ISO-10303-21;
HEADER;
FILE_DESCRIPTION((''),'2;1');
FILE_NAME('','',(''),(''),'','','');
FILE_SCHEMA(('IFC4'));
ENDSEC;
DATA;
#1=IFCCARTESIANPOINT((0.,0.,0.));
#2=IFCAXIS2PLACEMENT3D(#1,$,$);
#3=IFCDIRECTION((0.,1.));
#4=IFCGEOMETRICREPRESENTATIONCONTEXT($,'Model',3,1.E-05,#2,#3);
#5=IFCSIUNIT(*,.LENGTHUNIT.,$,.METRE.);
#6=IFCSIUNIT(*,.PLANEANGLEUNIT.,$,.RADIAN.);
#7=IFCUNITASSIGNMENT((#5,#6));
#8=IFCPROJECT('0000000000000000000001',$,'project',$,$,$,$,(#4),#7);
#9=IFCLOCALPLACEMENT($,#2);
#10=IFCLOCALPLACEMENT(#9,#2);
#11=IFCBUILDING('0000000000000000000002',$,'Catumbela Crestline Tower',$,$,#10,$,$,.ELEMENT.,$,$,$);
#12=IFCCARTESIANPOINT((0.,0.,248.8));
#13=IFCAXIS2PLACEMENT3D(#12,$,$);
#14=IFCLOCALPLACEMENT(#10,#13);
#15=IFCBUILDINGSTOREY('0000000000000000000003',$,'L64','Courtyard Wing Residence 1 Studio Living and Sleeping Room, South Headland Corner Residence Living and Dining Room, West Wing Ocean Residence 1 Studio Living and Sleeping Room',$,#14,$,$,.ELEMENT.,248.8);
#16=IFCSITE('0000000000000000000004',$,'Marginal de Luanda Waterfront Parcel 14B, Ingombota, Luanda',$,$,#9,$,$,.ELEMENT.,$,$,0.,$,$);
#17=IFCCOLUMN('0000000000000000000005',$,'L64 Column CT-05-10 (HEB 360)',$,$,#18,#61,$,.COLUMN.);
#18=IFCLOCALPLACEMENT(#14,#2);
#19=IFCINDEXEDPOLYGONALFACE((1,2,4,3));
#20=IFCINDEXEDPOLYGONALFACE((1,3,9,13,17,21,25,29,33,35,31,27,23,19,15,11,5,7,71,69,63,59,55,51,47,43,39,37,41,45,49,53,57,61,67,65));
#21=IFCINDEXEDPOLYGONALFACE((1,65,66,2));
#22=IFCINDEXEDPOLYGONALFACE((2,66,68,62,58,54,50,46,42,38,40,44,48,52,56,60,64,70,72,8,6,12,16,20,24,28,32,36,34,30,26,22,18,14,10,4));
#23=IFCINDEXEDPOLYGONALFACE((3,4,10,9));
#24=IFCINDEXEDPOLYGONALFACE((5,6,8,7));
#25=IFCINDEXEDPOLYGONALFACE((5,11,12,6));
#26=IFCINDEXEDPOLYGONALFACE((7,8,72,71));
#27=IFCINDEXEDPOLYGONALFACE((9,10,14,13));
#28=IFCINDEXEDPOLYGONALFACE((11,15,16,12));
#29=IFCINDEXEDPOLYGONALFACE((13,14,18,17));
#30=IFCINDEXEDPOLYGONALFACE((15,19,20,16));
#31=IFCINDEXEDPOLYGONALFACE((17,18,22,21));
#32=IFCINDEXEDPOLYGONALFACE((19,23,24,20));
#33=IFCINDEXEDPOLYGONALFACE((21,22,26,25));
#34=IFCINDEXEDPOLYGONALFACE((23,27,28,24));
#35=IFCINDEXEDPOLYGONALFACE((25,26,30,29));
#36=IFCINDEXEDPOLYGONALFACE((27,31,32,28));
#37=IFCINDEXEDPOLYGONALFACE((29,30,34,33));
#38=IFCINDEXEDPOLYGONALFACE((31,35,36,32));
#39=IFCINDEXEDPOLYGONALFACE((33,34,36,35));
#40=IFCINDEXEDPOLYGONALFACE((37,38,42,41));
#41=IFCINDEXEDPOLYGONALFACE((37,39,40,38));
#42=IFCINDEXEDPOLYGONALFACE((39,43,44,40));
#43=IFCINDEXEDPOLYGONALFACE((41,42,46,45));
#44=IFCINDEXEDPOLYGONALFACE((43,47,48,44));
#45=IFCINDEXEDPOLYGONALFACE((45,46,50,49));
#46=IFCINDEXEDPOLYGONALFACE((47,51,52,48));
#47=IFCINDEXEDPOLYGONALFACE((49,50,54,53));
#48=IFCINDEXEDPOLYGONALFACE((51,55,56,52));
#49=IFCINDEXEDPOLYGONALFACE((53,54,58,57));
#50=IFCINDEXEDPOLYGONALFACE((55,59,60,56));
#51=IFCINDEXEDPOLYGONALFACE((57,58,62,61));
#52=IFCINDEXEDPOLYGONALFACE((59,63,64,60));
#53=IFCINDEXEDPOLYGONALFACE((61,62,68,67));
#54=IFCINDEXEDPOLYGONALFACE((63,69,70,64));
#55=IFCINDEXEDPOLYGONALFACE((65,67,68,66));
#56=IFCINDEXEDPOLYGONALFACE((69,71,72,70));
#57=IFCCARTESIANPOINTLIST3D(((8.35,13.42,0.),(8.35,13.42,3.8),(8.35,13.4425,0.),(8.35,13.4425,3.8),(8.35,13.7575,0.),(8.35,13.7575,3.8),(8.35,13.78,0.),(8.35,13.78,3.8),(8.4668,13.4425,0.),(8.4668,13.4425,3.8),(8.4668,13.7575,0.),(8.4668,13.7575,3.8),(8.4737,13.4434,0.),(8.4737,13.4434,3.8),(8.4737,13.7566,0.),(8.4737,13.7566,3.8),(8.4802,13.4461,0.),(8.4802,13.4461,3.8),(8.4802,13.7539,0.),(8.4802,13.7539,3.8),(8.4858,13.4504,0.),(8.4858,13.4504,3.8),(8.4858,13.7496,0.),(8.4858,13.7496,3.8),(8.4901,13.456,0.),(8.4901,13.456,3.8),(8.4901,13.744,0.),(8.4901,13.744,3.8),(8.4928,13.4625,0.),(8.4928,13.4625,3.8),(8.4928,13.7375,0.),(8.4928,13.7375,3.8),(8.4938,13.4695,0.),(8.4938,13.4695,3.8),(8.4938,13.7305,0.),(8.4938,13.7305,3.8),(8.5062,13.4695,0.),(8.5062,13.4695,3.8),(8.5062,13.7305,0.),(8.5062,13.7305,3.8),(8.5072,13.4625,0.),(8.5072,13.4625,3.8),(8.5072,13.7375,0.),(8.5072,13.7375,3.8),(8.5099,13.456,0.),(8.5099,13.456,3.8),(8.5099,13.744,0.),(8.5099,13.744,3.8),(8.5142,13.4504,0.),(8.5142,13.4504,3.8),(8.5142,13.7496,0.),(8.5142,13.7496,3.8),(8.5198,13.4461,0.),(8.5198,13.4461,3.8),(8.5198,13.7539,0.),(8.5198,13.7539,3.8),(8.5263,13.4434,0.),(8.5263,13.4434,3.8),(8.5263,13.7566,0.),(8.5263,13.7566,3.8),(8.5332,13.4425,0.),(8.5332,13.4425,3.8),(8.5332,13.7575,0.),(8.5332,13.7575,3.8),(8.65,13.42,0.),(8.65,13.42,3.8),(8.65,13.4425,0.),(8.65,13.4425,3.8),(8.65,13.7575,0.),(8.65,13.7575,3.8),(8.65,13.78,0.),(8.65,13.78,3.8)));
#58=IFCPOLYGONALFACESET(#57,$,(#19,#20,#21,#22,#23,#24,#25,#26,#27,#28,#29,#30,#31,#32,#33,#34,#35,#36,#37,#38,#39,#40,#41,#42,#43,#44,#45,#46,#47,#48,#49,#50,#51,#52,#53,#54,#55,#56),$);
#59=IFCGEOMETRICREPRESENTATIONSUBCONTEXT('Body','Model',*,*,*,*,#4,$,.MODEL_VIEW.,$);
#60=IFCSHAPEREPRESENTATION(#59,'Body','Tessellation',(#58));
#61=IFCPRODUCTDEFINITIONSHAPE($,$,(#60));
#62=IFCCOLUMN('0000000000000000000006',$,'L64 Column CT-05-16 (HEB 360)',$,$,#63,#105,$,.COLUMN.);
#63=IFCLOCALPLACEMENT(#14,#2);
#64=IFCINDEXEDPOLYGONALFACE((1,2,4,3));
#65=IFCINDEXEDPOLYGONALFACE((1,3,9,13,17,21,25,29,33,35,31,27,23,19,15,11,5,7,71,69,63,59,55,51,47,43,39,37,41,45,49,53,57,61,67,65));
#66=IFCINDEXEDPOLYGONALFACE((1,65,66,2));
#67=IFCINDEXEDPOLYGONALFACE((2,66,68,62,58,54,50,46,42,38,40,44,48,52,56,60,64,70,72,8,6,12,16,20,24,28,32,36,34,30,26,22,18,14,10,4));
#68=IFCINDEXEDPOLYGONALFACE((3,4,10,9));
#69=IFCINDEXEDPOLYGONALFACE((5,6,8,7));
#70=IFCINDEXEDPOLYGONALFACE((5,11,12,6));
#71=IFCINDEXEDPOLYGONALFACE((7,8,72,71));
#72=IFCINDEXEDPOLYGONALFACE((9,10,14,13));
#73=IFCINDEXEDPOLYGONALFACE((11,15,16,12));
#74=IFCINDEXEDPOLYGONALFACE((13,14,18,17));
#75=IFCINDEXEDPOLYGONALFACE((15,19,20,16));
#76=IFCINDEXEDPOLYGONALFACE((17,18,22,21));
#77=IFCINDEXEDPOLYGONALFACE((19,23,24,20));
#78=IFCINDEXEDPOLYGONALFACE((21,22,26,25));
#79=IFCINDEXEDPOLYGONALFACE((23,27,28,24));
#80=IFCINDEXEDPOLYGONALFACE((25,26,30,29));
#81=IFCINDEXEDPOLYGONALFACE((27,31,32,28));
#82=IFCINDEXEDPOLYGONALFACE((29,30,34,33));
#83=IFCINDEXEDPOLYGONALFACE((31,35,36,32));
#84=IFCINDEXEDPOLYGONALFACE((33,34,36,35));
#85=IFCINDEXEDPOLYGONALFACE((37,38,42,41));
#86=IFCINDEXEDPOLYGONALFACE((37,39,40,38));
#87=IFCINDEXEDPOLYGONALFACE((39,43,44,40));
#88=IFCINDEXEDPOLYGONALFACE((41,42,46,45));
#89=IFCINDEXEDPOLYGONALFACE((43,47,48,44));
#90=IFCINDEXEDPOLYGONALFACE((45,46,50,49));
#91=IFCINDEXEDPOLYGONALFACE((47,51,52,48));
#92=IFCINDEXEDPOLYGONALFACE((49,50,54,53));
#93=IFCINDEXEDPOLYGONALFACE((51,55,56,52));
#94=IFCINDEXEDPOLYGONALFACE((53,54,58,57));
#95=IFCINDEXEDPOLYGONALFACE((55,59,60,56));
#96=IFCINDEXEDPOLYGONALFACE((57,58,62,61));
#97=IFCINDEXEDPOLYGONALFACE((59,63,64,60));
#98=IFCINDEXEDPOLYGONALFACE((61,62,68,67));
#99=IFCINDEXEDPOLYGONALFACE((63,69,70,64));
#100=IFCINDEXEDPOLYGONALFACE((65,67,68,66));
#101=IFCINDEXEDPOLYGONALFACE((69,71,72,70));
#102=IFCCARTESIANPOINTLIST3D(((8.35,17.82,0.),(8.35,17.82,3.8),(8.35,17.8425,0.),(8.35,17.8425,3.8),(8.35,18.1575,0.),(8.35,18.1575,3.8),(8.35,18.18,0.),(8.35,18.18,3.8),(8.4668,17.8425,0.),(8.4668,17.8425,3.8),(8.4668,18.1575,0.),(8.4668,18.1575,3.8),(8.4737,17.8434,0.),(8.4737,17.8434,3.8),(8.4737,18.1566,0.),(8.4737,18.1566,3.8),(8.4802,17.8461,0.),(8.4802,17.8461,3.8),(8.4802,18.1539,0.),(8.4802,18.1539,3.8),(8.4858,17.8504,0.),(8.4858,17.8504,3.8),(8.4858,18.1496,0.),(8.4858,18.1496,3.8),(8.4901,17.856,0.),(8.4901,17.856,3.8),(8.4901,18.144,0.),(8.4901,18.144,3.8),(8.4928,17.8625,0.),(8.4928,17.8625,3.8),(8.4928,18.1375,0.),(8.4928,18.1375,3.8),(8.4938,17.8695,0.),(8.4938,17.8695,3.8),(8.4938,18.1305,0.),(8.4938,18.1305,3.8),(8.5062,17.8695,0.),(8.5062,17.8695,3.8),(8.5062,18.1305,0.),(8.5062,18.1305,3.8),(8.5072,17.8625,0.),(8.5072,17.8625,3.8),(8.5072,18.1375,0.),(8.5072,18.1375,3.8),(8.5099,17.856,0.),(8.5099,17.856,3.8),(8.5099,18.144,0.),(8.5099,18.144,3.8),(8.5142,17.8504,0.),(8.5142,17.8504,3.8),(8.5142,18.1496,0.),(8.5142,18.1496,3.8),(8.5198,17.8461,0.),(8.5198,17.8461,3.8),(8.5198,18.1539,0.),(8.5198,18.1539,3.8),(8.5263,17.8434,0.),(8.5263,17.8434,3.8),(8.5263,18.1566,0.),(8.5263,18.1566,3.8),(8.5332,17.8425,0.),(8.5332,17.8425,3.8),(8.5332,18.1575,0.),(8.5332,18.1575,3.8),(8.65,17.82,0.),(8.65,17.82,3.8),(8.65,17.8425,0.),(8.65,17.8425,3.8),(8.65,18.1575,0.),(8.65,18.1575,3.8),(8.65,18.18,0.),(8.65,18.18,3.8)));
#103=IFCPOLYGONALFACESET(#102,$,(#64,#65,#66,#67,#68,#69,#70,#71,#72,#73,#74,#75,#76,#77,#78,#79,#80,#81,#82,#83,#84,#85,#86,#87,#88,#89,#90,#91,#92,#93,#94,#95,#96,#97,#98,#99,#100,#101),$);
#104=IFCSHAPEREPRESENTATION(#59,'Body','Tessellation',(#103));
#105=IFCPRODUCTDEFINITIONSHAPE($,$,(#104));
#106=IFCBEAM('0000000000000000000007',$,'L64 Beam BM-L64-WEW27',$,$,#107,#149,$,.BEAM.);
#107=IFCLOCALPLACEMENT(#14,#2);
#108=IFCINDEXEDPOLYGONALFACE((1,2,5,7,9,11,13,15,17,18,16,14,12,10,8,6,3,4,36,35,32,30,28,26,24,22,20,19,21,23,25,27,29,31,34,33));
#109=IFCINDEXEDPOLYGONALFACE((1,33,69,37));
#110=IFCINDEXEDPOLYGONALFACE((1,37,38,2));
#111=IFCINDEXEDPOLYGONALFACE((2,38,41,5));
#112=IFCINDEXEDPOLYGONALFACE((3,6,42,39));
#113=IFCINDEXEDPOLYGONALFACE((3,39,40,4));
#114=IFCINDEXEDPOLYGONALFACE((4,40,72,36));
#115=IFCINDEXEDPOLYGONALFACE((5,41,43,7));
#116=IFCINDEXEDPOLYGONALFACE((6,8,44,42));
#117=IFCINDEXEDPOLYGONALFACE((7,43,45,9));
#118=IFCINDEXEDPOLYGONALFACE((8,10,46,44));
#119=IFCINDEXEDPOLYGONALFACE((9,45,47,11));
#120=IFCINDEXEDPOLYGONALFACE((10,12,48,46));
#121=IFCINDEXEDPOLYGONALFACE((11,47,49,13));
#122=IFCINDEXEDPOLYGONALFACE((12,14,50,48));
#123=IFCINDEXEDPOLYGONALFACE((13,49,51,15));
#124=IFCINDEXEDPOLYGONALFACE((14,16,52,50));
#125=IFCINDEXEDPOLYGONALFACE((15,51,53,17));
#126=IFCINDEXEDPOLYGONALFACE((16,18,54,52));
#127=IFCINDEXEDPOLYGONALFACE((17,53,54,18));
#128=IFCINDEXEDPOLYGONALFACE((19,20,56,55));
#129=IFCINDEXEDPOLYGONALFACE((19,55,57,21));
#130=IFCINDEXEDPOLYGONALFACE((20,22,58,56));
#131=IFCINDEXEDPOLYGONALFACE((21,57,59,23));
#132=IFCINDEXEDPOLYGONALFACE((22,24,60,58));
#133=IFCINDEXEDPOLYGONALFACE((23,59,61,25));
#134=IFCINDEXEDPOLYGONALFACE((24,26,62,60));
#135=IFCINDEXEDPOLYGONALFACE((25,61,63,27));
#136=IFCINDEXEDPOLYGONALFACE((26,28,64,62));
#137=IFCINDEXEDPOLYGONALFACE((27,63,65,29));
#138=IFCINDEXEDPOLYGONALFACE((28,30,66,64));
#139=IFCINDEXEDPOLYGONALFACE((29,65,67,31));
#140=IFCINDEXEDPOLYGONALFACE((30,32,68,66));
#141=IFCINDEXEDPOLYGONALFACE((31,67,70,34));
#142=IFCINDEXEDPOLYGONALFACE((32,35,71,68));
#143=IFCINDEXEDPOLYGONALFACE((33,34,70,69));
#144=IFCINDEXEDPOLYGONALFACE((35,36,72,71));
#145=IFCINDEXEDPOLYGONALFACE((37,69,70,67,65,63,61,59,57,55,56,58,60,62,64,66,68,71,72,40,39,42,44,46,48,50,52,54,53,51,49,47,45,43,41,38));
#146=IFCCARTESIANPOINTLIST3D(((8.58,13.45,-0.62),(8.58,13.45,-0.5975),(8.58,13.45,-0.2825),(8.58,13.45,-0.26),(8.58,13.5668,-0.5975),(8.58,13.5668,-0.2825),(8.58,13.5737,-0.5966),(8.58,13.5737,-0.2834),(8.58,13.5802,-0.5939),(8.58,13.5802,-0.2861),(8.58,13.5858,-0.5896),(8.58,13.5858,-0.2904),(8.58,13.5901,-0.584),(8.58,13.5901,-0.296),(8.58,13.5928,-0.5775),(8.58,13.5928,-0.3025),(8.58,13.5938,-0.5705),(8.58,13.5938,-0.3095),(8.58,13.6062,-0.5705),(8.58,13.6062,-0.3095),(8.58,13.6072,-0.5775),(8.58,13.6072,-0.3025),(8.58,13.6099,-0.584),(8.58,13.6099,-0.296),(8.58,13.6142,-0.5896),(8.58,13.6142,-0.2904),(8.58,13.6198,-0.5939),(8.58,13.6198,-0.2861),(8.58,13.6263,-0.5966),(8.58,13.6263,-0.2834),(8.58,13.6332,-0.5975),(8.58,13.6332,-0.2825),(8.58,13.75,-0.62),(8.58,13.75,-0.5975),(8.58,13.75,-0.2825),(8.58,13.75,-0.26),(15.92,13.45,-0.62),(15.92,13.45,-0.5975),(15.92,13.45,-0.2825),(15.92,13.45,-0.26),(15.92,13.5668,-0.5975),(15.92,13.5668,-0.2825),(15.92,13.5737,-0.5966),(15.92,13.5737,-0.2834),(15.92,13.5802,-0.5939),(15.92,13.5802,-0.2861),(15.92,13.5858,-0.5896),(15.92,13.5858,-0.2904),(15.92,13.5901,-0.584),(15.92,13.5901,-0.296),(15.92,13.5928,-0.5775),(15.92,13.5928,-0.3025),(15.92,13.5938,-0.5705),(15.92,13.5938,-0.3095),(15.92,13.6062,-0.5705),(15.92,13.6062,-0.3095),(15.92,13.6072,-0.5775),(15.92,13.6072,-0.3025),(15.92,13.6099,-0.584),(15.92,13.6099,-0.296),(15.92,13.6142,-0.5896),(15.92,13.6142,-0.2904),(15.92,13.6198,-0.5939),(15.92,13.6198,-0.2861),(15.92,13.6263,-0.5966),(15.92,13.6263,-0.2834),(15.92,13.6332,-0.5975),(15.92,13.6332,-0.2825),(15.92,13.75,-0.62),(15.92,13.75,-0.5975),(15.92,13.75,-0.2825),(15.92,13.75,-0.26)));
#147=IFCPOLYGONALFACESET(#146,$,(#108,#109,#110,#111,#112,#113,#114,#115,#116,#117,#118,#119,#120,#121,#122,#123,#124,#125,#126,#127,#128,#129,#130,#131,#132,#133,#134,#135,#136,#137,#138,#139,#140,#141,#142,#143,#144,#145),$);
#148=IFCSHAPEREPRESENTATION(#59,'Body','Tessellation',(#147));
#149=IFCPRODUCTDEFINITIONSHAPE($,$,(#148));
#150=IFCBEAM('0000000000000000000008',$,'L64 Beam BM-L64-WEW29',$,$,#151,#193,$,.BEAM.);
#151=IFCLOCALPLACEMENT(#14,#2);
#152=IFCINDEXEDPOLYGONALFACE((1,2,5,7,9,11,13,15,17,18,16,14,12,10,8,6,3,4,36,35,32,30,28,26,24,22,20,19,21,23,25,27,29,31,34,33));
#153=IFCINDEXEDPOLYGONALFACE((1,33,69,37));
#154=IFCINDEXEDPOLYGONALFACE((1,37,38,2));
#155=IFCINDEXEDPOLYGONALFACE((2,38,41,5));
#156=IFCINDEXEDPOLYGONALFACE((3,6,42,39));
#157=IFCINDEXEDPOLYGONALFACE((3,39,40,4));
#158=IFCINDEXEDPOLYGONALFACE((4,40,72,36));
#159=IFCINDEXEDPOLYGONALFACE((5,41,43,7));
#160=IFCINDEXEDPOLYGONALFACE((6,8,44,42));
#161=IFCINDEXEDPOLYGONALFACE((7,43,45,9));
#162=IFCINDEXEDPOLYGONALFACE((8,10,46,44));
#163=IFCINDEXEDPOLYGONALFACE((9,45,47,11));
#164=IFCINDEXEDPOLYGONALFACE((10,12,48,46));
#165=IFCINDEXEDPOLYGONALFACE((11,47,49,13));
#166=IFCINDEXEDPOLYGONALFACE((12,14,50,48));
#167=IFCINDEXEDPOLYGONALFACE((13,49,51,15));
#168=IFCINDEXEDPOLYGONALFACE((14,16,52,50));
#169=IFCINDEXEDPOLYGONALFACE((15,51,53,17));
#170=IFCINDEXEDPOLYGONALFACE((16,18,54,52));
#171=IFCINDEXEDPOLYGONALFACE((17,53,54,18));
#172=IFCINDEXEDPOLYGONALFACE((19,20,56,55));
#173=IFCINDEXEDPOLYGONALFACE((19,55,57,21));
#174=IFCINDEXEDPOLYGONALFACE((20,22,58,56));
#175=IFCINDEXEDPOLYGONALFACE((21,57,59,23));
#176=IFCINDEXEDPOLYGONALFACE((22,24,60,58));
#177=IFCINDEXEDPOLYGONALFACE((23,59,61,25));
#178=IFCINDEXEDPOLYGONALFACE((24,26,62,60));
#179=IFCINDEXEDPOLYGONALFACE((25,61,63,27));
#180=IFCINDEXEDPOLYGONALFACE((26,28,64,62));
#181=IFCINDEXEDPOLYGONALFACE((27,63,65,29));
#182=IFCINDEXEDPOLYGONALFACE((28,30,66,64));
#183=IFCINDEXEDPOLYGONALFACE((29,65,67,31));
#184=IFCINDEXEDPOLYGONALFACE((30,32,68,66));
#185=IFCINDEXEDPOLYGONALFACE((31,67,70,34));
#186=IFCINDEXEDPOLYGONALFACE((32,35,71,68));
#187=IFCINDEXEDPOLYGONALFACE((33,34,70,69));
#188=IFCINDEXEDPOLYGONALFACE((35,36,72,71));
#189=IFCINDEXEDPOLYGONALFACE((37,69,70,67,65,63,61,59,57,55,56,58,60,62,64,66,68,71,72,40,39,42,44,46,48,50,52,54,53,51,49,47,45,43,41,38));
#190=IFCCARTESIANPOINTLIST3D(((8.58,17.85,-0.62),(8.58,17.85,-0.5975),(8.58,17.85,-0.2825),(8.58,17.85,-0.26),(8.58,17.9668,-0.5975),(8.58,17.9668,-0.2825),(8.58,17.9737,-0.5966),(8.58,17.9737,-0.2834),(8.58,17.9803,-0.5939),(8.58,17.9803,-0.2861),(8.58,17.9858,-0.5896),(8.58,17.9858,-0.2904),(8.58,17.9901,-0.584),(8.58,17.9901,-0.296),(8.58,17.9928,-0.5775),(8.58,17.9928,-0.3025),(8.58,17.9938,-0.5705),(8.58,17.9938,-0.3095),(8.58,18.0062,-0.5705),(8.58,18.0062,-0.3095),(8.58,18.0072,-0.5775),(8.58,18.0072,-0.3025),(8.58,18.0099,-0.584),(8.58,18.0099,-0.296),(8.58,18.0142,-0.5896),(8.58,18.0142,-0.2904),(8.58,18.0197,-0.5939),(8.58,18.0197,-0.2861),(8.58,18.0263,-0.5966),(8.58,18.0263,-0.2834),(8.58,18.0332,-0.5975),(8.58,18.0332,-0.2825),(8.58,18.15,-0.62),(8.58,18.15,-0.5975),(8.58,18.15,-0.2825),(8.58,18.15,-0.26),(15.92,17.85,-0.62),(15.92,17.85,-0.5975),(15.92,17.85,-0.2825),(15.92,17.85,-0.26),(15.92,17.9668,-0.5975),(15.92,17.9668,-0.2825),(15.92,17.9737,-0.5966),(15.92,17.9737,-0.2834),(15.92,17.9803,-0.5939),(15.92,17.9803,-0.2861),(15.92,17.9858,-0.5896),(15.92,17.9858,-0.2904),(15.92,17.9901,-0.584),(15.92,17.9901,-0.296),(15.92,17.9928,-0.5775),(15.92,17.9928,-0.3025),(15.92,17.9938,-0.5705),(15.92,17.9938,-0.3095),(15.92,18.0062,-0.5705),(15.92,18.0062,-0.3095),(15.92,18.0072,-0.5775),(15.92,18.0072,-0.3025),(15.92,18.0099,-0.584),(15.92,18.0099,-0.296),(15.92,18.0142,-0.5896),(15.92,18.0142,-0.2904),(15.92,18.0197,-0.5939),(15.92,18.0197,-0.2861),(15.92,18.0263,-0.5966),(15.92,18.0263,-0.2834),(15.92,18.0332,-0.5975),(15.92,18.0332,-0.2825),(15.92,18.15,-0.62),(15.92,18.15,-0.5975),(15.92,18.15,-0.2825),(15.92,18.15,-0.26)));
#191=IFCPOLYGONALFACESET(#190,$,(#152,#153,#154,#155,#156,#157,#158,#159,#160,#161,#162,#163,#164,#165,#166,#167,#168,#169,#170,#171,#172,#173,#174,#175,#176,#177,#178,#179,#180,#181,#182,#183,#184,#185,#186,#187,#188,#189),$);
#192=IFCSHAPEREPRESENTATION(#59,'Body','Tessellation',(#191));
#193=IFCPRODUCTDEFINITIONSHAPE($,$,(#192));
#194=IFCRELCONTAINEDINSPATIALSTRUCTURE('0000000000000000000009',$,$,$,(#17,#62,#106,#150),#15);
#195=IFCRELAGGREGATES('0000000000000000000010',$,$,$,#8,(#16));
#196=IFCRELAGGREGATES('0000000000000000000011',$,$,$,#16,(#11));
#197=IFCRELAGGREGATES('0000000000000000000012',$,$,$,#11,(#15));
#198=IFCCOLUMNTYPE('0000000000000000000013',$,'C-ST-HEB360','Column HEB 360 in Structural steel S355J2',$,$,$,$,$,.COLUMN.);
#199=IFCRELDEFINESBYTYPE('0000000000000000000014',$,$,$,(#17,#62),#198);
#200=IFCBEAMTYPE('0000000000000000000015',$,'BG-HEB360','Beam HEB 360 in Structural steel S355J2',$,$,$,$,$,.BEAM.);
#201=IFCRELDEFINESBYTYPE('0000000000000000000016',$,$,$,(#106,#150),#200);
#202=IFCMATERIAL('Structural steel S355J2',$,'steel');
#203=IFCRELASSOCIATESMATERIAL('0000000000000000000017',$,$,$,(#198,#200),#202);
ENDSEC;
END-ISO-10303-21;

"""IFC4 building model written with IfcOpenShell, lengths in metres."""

from ifc_helpers import new_model, si_unit, direction, frame, origin, origin_2d, place, context, subcontext, project, spatial, i_section, extrude, material, material_profile, profile_set, type_object, element, save


model = new_model("IFC4")

# Units and contexts
model_context = context("Model", 3, precision=1e-05, world=origin(), true_north=direction((0.0, 1.0)))
body_context = subcontext(model_context, "Body", "Model", "MODEL_VIEW")
ifc_project = project(units=[si_unit("LENGTHUNIT", "METRE"), si_unit("PLANEANGLEUNIT", "RADIAN")], contexts=[model_context])

# Site, building, storey
site_placement = place(None, origin())
site = spatial("IfcSite", under=ifc_project, at=site_placement, Name="Marginal de Luanda Waterfront Parcel 14B, Ingombota, Luanda", CompositionType="ELEMENT", RefElevation=0.0)
building_placement = place(site_placement, origin())
building = spatial("IfcBuilding", under=site, at=building_placement, Name="Catumbela Crestline Tower", CompositionType="ELEMENT")
storey_placement = place(building_placement, frame((0.0, 0.0, 248.8)))
storey = spatial("IfcBuildingStorey", under=building, at=storey_placement, Name="L64", Description="Courtyard Wing Residence 1 Studio Living and Sleeping Room, South Headland Corner Residence Living and Dining Room, West Wing Ocean Residence 1 Studio Living and Sleeping Room", CompositionType="ELEMENT", Elevation=248.8)

# Columns
ifc_material_1 = material(Name="Structural steel S355J2", Category="steel")
ifc_material_profile_1 = material_profile(ifc_material_1, i_section(OverallWidth=0.3, OverallDepth=0.36, WebThickness=0.0125, FlangeThickness=0.0225, FilletRadius=0.027, at=origin_2d()), Name="HEB 360")
ifc_profile_set_1 = profile_set([ifc_material_profile_1], Name="Structural steel S355J2")
column_type = type_object("IfcColumnType", Name="C-ST-HEB360", Description="Column HEB 360 in Structural steel S355J2", PredefinedType="COLUMN", material=ifc_profile_set_1)
for number, where, z_axis, x_axis, name in (
    (1, (8.5, 13.6, 0.0), (0.0, 0.0, 1.0), (1.0, 0.0, 0.0), "L64 Column CT-05-10 (HEB 360)"),
    (2, (8.5, 18.0, 0.0), (0.0, 0.0, 1.0), (1.0, 0.0, 0.0), "L64 Column CT-05-16 (HEB 360)"),
):
    element("IfcColumn", number, at=place(storey_placement, frame(where, z_axis=z_axis, x_axis=x_axis)), inside=storey, type_object=column_type, Name=name, PredefinedType="COLUMN", context=body_context, shape_type="SweptSolid", body=[
        extrude(i_section(OverallWidth=0.3, OverallDepth=0.36, WebThickness=0.0125, FlangeThickness=0.0225, FilletRadius=0.027, at=origin_2d()), origin(), (0.0, 0.0, 1.0), 3.8),
    ])

# Beams
ifc_material_profile_2 = material_profile(ifc_material_1, i_section(OverallWidth=0.3, OverallDepth=0.36, WebThickness=0.0125, FlangeThickness=0.0225, FilletRadius=0.027, at=origin_2d()), Name="HEB 360")
ifc_profile_set_2 = profile_set([ifc_material_profile_2], Name="Structural steel S355J2")
beam_type = type_object("IfcBeamType", Name="BG-HEB360", Description="Beam HEB 360 in Structural steel S355J2", PredefinedType="BEAM", material=ifc_profile_set_2)
for number, where, z_axis, x_axis, name in (
    (3, (8.58, 13.6, -0.44), (1.0, 0.0, 0.0), (0.0, 1.0, 0.0), "L64 Beam BM-L64-WEW27"),
    (4, (8.58, 18.0, -0.44), (1.0, 0.0, 0.0), (0.0, 1.0, 0.0), "L64 Beam BM-L64-WEW29"),
):
    element("IfcBeam", number, at=place(storey_placement, frame(where, z_axis=z_axis, x_axis=x_axis)), inside=storey, type_object=beam_type, Name=name, PredefinedType="BEAM", context=body_context, shape_type="SweptSolid", body=[
        extrude(i_section(OverallWidth=0.3, OverallDepth=0.36, WebThickness=0.0125, FlangeThickness=0.0225, FilletRadius=0.027, at=origin_2d()), origin(), (0.0, 0.0, 1.0), 7.34),
    ])

save(model, "model.ifc")
